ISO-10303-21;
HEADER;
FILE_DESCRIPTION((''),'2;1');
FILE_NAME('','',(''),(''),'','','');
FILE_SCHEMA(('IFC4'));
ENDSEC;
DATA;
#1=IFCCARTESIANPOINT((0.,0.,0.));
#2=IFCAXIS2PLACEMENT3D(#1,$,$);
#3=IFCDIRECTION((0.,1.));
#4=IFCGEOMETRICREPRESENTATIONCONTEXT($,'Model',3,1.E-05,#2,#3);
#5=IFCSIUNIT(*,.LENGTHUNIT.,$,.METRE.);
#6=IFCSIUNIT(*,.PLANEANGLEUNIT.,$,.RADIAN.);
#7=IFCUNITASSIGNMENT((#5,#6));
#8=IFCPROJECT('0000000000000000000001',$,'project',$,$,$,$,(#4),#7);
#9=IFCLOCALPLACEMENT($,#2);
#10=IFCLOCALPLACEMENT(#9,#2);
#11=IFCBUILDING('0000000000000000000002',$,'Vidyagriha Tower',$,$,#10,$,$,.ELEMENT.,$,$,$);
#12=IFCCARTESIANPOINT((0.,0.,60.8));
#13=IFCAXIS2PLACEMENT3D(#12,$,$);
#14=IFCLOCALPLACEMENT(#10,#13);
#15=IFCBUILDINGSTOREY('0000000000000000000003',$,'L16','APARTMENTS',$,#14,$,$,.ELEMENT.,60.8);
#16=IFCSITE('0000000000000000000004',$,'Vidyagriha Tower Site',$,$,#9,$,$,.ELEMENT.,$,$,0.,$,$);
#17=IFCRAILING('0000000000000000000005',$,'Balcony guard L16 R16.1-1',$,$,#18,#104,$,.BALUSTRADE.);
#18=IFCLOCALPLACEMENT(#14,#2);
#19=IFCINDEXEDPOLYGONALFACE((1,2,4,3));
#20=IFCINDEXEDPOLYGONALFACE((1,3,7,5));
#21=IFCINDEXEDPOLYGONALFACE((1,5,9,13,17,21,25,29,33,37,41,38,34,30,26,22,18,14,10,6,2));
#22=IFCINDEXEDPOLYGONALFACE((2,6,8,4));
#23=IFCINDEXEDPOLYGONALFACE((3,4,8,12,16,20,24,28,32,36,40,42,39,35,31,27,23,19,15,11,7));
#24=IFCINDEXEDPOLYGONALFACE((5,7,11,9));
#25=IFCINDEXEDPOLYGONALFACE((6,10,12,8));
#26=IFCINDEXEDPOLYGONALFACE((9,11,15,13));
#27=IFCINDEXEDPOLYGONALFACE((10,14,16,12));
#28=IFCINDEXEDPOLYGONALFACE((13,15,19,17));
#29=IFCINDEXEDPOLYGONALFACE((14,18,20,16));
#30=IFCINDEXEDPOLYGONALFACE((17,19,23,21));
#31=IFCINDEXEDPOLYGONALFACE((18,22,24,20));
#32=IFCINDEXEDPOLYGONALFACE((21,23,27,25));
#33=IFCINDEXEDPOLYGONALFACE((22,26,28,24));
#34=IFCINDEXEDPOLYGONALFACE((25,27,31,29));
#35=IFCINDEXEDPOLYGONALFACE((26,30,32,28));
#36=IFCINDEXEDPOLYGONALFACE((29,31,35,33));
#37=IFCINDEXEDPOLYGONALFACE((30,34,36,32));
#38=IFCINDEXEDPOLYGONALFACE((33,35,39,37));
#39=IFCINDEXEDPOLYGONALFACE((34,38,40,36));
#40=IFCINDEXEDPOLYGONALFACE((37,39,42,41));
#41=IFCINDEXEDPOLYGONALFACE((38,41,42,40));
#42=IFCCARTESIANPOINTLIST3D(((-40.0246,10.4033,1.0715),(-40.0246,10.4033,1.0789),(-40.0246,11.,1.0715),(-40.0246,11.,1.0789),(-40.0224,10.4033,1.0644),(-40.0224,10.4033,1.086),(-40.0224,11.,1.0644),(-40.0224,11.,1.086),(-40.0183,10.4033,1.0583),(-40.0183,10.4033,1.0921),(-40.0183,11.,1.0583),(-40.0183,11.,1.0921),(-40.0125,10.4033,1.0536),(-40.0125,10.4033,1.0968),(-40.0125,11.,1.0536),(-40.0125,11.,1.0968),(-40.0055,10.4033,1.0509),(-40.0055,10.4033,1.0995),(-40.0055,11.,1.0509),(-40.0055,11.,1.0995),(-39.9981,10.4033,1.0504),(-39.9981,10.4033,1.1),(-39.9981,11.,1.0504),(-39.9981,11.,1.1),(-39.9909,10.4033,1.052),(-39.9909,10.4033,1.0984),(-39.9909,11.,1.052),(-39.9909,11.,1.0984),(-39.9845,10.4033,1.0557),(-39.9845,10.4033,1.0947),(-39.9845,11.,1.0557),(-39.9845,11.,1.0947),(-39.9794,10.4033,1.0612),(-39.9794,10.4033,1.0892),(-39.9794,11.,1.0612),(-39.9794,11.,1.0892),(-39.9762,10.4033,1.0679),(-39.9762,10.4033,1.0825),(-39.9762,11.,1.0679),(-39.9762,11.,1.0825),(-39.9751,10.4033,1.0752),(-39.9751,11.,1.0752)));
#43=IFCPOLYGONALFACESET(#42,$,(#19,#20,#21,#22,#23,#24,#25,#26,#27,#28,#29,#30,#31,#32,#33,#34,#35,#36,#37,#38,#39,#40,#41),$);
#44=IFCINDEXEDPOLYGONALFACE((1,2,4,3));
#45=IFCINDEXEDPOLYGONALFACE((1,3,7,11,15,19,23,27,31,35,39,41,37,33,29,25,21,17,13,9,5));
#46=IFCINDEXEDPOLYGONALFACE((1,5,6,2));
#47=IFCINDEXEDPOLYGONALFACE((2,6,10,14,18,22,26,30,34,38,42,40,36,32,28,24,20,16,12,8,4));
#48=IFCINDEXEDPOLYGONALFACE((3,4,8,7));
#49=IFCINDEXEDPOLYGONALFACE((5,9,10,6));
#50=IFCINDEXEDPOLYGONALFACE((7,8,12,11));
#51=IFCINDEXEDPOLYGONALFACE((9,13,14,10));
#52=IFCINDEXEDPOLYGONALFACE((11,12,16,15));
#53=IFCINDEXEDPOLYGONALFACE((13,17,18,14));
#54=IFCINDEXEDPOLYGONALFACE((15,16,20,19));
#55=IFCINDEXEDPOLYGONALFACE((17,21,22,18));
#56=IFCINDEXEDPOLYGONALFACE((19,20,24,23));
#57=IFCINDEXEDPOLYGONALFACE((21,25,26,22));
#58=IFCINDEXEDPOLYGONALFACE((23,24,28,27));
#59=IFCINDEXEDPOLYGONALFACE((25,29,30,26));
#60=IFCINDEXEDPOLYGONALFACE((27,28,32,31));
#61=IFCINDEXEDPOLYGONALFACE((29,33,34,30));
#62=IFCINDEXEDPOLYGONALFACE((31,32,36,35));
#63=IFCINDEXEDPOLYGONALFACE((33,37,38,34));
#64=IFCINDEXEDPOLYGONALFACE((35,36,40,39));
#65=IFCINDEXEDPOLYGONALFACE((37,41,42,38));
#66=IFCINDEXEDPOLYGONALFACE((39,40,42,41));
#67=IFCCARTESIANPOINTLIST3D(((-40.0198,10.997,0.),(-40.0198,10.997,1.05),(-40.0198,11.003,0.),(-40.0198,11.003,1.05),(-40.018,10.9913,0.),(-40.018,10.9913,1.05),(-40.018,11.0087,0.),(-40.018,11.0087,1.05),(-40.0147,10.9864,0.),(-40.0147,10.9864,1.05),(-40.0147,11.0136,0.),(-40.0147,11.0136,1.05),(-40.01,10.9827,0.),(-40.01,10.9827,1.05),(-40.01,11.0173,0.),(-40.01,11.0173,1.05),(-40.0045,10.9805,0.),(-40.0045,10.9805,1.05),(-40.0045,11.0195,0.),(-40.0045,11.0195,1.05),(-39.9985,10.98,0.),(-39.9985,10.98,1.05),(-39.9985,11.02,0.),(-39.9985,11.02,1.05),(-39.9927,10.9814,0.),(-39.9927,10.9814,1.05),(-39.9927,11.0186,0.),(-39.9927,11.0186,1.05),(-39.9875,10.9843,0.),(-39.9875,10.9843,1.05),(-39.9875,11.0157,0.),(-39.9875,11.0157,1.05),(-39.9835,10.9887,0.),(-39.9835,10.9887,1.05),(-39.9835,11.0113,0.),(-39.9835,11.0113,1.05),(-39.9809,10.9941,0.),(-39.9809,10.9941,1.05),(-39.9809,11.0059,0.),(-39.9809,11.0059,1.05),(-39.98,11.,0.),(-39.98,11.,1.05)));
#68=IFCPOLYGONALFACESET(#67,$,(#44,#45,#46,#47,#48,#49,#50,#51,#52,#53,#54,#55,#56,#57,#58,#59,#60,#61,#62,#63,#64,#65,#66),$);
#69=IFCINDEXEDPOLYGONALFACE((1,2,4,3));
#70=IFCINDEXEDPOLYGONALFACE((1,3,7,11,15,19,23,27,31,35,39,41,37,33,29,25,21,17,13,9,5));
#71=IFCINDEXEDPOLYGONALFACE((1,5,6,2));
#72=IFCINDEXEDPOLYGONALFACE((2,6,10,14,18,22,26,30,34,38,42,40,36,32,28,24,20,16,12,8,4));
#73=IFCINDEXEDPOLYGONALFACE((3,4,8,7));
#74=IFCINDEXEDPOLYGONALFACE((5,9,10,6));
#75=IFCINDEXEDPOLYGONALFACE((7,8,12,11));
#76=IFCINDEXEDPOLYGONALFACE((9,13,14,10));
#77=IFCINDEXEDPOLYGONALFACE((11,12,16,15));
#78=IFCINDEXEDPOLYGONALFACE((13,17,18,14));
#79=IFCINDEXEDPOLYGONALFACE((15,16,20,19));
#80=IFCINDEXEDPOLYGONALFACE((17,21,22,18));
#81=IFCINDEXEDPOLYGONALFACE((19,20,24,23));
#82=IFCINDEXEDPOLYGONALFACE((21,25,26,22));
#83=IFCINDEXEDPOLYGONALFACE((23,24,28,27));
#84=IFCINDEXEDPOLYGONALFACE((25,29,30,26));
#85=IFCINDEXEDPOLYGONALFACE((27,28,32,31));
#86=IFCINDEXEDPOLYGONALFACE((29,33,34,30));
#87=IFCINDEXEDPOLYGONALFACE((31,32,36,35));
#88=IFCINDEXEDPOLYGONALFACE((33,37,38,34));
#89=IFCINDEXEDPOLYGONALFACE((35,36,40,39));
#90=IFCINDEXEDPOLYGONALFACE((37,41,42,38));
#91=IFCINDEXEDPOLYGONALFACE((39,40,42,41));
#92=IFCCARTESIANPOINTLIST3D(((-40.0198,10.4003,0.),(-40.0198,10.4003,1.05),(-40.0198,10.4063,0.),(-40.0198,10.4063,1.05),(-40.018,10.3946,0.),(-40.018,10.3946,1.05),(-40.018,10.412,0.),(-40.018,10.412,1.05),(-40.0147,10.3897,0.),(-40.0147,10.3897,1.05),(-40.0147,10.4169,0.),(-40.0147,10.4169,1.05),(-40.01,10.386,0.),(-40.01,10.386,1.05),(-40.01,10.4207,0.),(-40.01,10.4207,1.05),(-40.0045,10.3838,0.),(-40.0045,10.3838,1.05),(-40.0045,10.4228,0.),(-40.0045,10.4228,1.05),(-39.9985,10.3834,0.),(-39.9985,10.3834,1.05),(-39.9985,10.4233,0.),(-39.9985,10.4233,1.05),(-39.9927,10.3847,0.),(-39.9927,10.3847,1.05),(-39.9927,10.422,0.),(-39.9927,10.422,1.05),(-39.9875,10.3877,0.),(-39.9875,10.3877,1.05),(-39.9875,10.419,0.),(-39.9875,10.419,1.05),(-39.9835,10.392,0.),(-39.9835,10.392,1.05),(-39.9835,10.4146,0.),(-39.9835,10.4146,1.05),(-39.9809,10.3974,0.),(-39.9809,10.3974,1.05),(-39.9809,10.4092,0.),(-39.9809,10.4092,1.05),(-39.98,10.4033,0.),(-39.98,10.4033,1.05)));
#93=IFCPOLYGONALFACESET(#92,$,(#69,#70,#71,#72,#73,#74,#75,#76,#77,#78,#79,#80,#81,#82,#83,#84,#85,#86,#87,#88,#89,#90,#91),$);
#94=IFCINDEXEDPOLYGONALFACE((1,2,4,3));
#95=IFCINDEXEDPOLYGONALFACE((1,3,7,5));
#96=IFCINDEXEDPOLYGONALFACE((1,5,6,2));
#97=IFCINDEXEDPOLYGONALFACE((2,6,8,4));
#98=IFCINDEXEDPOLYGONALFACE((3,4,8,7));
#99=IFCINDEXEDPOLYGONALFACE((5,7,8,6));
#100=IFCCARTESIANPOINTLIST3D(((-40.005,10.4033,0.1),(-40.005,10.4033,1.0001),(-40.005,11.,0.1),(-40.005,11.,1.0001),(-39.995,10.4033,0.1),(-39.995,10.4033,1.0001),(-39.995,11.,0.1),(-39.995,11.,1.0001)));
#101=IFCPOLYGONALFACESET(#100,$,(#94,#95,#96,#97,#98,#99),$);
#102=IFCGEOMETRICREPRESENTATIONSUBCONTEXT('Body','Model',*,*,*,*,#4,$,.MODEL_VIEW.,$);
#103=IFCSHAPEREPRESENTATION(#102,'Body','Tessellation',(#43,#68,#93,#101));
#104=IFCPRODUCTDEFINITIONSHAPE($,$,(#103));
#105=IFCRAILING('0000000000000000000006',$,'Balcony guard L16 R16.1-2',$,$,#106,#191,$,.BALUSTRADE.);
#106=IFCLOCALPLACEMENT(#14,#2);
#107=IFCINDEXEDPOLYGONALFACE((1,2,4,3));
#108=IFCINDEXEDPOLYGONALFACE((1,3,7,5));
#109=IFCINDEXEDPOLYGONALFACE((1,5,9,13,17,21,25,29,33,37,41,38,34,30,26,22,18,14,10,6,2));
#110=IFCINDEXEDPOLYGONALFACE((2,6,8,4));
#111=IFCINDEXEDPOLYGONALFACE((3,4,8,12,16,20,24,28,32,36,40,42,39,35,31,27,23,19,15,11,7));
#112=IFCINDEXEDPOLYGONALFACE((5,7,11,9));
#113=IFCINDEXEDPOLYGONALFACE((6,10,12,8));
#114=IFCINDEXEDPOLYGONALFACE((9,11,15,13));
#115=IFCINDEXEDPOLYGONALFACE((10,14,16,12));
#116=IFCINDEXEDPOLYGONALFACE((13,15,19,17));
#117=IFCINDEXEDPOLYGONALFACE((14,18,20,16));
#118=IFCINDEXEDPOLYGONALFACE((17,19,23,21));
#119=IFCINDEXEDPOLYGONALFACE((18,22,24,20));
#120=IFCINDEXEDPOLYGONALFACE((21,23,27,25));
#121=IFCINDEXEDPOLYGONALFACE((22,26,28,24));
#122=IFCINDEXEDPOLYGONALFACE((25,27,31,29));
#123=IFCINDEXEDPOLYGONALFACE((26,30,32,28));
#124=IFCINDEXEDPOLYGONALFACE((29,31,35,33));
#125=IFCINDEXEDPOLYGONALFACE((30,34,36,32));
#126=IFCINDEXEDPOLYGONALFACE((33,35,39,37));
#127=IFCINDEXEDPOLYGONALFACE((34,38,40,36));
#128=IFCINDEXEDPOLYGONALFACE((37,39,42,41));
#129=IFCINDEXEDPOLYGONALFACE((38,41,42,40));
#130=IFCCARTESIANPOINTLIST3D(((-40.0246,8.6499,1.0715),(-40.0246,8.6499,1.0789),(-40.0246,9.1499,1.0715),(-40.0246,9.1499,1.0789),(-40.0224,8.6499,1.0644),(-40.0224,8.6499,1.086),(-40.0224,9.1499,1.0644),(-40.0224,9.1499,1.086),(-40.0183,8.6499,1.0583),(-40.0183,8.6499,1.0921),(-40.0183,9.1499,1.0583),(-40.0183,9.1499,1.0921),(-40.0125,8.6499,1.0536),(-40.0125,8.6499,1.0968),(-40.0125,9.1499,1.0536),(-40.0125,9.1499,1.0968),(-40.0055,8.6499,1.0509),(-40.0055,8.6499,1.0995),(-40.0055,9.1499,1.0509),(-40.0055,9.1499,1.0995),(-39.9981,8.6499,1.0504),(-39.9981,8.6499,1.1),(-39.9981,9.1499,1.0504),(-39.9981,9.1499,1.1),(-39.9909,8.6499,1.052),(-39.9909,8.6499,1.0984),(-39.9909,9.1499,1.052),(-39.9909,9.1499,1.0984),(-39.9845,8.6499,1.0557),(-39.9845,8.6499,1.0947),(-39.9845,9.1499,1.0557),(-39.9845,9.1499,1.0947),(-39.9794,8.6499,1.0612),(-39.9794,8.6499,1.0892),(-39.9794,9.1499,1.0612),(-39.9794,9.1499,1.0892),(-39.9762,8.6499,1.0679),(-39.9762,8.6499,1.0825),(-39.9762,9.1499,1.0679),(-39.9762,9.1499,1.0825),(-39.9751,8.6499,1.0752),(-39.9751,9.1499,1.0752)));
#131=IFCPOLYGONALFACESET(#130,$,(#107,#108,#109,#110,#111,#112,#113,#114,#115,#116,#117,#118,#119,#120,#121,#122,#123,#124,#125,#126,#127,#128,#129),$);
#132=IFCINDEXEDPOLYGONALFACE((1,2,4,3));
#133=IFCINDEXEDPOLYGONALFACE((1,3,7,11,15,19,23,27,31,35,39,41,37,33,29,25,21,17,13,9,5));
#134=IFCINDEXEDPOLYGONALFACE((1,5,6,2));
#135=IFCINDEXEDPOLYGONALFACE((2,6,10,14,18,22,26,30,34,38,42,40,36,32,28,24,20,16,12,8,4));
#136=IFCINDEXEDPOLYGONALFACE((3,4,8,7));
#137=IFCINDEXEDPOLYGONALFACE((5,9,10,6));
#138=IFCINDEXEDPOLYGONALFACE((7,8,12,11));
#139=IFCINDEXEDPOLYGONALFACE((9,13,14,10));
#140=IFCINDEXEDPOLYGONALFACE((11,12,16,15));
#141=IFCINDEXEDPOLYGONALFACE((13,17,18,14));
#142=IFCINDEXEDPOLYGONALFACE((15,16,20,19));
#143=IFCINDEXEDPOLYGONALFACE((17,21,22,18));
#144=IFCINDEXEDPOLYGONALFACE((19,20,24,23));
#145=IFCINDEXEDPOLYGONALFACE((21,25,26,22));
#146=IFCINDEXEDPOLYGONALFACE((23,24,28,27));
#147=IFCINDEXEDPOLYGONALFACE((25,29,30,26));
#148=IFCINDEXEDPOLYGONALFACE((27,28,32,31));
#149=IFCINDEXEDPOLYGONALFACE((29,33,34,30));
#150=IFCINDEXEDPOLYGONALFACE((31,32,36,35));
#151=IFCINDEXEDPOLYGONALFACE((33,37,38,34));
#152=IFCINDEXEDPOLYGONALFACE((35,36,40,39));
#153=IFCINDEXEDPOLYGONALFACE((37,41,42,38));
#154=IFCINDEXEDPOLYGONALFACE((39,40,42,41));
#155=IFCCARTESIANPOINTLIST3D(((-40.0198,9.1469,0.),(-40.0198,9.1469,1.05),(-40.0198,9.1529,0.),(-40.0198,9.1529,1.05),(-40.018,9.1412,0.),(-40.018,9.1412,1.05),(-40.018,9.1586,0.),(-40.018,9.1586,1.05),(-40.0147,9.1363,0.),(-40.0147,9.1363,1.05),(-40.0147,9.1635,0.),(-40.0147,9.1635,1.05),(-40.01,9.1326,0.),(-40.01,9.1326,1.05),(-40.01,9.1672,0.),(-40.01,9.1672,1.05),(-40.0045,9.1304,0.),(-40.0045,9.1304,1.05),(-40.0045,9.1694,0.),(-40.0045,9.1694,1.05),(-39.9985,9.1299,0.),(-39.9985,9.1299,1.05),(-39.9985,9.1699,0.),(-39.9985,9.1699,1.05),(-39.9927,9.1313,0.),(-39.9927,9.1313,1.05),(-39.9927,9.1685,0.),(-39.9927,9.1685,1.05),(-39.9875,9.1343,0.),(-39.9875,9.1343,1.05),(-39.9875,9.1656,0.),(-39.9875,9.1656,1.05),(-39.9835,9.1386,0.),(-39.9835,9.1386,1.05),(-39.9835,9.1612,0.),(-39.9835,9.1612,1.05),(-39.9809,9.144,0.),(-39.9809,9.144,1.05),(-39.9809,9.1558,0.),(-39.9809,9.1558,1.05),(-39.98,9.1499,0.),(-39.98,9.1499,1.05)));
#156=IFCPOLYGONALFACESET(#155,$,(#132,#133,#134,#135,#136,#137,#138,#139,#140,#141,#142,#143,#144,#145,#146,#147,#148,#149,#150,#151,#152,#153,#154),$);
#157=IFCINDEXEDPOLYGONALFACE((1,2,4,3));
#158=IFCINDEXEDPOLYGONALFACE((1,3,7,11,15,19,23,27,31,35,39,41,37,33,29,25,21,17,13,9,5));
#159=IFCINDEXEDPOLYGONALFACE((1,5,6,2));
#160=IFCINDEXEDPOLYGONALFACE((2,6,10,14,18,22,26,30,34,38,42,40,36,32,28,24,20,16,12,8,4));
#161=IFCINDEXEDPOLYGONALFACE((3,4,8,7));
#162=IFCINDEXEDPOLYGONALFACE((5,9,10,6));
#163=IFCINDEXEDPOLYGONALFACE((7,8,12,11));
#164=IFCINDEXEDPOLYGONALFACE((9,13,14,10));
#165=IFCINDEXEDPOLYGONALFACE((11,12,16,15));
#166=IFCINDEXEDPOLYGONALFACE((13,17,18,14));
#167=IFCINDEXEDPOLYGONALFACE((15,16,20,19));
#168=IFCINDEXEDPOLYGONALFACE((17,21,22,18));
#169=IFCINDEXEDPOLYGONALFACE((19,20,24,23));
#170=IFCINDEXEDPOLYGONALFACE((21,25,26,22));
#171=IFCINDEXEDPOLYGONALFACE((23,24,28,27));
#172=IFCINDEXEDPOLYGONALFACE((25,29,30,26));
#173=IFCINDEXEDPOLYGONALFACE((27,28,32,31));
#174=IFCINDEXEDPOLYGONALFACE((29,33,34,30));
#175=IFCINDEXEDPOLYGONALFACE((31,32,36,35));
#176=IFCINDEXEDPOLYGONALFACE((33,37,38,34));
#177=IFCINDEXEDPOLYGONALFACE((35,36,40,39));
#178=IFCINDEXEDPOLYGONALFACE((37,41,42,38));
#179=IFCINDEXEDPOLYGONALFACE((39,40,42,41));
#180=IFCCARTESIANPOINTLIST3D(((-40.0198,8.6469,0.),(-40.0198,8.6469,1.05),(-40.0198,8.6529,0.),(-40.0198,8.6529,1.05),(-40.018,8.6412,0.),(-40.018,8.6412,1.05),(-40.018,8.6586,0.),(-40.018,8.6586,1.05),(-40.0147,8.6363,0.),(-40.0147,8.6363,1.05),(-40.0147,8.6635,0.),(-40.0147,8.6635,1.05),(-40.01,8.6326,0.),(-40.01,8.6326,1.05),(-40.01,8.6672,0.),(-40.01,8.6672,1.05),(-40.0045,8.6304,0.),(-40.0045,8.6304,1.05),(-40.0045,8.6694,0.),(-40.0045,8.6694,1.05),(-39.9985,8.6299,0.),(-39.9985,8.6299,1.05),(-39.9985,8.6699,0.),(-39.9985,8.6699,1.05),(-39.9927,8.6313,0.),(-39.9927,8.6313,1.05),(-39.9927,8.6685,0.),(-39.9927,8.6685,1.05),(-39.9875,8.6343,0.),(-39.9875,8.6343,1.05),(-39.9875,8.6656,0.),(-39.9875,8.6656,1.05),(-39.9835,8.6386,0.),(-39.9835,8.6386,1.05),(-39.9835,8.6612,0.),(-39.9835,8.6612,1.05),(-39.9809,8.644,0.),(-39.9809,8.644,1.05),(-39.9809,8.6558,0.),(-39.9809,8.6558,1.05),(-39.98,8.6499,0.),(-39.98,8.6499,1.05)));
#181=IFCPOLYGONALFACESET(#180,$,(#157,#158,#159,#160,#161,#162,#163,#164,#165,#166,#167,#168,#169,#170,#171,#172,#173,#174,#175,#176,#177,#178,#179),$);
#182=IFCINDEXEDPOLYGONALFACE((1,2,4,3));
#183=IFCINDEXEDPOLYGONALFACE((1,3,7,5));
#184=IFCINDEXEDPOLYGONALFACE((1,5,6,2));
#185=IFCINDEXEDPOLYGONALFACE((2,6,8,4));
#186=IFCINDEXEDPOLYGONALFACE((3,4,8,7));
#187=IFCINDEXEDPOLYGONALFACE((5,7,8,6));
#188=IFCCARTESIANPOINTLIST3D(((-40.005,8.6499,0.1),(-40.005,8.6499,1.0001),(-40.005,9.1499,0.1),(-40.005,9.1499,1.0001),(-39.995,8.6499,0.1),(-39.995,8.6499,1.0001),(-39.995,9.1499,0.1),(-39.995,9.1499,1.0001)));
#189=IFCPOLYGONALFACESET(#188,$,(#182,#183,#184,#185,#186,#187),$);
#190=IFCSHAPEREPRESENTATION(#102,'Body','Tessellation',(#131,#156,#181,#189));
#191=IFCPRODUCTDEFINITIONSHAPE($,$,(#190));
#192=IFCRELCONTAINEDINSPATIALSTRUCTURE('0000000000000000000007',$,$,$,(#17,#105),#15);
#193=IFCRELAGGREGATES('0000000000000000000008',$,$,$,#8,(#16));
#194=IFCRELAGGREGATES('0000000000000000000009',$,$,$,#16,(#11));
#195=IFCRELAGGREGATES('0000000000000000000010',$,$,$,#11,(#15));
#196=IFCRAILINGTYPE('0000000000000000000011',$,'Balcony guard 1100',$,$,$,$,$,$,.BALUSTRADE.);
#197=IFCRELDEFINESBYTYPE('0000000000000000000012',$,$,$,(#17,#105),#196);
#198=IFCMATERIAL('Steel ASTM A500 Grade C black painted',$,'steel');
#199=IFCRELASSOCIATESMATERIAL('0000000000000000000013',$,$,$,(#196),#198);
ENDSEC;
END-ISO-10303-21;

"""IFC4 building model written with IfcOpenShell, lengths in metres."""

from ifc_helpers import new_model, si_unit, direction, frame, origin, origin_2d, place, context, subcontext, project, spatial, rectangle, circle, extrude, material, type_object, element, save


model = new_model("IFC4")

# Units and contexts
model_context = context("Model", 3, precision=1e-05, world=origin(), true_north=direction((0.0, 1.0)))
body_context = subcontext(model_context, "Body", "Model", "MODEL_VIEW")
ifc_project = project(units=[si_unit("LENGTHUNIT", "METRE"), si_unit("PLANEANGLEUNIT", "RADIAN")], contexts=[model_context])

# Site, building, storey
site_placement = place(None, origin())
site = spatial("IfcSite", under=ifc_project, at=site_placement, Name="Vidyagriha Tower Site", CompositionType="ELEMENT", RefElevation=0.0)
building_placement = place(site_placement, origin())
building = spatial("IfcBuilding", under=site, at=building_placement, Name="Vidyagriha Tower", CompositionType="ELEMENT")
storey_placement = place(building_placement, frame((0.0, 0.0, 60.8)))
storey = spatial("IfcBuildingStorey", under=building, at=storey_placement, Name="L16", Description="APARTMENTS", CompositionType="ELEMENT", Elevation=60.8)

# Railings
ifc_material_1 = material(Name="Steel ASTM A500 Grade C black painted", Category="steel")
railing_type = type_object("IfcRailingType", Name="Balcony guard 1100", PredefinedType="BALUSTRADE", material=ifc_material_1)
railing_1_placement = place(storey_placement, frame((-40.0, 11.0, 0.0)))
element("IfcRailing", 1, at=railing_1_placement, inside=storey, type_object=railing_type, Name="Balcony guard L16 R16.1-1", PredefinedType="BALUSTRADE", context=body_context, shape_type="SweptSolid", body=[
    extrude(circle(Radius=0.0249, at=origin_2d()), frame((0.0, 0.0, 1.0752), z_axis=(0.0, -1.0, 0.0), x_axis=(1.0, 0.0, 0.0)), (0.0, 0.0, 1.0), 0.5967),
    extrude(circle(Radius=0.02, at=origin_2d()), origin(), (0.0, 0.0, 1.0), 1.05),
    extrude(circle(Radius=0.02, at=origin_2d()), frame((0.0, -0.5967, 0.0)), (0.0, 0.0, 1.0), 1.05),
    extrude(rectangle(XDim=0.01, YDim=0.9001, at=origin_2d()), frame((0.0, 0.0, 0.55), z_axis=(0.0, -1.0, 0.0), x_axis=(1.0, 0.0, 0.0)), (0.0, 0.0, 1.0), 0.5967),
])
railing_2_placement = place(storey_placement, frame((-40.0, 9.1499, 0.0)))
element("IfcRailing", 2, at=railing_2_placement, inside=storey, type_object=railing_type, Name="Balcony guard L16 R16.1-2", PredefinedType="BALUSTRADE", context=body_context, shape_type="SweptSolid", body=[
    extrude(circle(Radius=0.0249, at=origin_2d()), frame((0.0, 0.0, 1.0752), z_axis=(0.0, -1.0, 0.0), x_axis=(1.0, 0.0, 0.0)), (0.0, 0.0, 1.0), 0.5),
    extrude(circle(Radius=0.02, at=origin_2d()), origin(), (0.0, 0.0, 1.0), 1.05),
    extrude(circle(Radius=0.02, at=origin_2d()), frame((0.0, -0.5, 0.0)), (0.0, 0.0, 1.0), 1.05),
    extrude(rectangle(XDim=0.01, YDim=0.9001, at=origin_2d()), frame((0.0, 0.0, 0.55), z_axis=(0.0, -1.0, 0.0), x_axis=(1.0, 0.0, 0.0)), (0.0, 0.0, 1.0), 0.5),
])

save(model, "model.ifc")
